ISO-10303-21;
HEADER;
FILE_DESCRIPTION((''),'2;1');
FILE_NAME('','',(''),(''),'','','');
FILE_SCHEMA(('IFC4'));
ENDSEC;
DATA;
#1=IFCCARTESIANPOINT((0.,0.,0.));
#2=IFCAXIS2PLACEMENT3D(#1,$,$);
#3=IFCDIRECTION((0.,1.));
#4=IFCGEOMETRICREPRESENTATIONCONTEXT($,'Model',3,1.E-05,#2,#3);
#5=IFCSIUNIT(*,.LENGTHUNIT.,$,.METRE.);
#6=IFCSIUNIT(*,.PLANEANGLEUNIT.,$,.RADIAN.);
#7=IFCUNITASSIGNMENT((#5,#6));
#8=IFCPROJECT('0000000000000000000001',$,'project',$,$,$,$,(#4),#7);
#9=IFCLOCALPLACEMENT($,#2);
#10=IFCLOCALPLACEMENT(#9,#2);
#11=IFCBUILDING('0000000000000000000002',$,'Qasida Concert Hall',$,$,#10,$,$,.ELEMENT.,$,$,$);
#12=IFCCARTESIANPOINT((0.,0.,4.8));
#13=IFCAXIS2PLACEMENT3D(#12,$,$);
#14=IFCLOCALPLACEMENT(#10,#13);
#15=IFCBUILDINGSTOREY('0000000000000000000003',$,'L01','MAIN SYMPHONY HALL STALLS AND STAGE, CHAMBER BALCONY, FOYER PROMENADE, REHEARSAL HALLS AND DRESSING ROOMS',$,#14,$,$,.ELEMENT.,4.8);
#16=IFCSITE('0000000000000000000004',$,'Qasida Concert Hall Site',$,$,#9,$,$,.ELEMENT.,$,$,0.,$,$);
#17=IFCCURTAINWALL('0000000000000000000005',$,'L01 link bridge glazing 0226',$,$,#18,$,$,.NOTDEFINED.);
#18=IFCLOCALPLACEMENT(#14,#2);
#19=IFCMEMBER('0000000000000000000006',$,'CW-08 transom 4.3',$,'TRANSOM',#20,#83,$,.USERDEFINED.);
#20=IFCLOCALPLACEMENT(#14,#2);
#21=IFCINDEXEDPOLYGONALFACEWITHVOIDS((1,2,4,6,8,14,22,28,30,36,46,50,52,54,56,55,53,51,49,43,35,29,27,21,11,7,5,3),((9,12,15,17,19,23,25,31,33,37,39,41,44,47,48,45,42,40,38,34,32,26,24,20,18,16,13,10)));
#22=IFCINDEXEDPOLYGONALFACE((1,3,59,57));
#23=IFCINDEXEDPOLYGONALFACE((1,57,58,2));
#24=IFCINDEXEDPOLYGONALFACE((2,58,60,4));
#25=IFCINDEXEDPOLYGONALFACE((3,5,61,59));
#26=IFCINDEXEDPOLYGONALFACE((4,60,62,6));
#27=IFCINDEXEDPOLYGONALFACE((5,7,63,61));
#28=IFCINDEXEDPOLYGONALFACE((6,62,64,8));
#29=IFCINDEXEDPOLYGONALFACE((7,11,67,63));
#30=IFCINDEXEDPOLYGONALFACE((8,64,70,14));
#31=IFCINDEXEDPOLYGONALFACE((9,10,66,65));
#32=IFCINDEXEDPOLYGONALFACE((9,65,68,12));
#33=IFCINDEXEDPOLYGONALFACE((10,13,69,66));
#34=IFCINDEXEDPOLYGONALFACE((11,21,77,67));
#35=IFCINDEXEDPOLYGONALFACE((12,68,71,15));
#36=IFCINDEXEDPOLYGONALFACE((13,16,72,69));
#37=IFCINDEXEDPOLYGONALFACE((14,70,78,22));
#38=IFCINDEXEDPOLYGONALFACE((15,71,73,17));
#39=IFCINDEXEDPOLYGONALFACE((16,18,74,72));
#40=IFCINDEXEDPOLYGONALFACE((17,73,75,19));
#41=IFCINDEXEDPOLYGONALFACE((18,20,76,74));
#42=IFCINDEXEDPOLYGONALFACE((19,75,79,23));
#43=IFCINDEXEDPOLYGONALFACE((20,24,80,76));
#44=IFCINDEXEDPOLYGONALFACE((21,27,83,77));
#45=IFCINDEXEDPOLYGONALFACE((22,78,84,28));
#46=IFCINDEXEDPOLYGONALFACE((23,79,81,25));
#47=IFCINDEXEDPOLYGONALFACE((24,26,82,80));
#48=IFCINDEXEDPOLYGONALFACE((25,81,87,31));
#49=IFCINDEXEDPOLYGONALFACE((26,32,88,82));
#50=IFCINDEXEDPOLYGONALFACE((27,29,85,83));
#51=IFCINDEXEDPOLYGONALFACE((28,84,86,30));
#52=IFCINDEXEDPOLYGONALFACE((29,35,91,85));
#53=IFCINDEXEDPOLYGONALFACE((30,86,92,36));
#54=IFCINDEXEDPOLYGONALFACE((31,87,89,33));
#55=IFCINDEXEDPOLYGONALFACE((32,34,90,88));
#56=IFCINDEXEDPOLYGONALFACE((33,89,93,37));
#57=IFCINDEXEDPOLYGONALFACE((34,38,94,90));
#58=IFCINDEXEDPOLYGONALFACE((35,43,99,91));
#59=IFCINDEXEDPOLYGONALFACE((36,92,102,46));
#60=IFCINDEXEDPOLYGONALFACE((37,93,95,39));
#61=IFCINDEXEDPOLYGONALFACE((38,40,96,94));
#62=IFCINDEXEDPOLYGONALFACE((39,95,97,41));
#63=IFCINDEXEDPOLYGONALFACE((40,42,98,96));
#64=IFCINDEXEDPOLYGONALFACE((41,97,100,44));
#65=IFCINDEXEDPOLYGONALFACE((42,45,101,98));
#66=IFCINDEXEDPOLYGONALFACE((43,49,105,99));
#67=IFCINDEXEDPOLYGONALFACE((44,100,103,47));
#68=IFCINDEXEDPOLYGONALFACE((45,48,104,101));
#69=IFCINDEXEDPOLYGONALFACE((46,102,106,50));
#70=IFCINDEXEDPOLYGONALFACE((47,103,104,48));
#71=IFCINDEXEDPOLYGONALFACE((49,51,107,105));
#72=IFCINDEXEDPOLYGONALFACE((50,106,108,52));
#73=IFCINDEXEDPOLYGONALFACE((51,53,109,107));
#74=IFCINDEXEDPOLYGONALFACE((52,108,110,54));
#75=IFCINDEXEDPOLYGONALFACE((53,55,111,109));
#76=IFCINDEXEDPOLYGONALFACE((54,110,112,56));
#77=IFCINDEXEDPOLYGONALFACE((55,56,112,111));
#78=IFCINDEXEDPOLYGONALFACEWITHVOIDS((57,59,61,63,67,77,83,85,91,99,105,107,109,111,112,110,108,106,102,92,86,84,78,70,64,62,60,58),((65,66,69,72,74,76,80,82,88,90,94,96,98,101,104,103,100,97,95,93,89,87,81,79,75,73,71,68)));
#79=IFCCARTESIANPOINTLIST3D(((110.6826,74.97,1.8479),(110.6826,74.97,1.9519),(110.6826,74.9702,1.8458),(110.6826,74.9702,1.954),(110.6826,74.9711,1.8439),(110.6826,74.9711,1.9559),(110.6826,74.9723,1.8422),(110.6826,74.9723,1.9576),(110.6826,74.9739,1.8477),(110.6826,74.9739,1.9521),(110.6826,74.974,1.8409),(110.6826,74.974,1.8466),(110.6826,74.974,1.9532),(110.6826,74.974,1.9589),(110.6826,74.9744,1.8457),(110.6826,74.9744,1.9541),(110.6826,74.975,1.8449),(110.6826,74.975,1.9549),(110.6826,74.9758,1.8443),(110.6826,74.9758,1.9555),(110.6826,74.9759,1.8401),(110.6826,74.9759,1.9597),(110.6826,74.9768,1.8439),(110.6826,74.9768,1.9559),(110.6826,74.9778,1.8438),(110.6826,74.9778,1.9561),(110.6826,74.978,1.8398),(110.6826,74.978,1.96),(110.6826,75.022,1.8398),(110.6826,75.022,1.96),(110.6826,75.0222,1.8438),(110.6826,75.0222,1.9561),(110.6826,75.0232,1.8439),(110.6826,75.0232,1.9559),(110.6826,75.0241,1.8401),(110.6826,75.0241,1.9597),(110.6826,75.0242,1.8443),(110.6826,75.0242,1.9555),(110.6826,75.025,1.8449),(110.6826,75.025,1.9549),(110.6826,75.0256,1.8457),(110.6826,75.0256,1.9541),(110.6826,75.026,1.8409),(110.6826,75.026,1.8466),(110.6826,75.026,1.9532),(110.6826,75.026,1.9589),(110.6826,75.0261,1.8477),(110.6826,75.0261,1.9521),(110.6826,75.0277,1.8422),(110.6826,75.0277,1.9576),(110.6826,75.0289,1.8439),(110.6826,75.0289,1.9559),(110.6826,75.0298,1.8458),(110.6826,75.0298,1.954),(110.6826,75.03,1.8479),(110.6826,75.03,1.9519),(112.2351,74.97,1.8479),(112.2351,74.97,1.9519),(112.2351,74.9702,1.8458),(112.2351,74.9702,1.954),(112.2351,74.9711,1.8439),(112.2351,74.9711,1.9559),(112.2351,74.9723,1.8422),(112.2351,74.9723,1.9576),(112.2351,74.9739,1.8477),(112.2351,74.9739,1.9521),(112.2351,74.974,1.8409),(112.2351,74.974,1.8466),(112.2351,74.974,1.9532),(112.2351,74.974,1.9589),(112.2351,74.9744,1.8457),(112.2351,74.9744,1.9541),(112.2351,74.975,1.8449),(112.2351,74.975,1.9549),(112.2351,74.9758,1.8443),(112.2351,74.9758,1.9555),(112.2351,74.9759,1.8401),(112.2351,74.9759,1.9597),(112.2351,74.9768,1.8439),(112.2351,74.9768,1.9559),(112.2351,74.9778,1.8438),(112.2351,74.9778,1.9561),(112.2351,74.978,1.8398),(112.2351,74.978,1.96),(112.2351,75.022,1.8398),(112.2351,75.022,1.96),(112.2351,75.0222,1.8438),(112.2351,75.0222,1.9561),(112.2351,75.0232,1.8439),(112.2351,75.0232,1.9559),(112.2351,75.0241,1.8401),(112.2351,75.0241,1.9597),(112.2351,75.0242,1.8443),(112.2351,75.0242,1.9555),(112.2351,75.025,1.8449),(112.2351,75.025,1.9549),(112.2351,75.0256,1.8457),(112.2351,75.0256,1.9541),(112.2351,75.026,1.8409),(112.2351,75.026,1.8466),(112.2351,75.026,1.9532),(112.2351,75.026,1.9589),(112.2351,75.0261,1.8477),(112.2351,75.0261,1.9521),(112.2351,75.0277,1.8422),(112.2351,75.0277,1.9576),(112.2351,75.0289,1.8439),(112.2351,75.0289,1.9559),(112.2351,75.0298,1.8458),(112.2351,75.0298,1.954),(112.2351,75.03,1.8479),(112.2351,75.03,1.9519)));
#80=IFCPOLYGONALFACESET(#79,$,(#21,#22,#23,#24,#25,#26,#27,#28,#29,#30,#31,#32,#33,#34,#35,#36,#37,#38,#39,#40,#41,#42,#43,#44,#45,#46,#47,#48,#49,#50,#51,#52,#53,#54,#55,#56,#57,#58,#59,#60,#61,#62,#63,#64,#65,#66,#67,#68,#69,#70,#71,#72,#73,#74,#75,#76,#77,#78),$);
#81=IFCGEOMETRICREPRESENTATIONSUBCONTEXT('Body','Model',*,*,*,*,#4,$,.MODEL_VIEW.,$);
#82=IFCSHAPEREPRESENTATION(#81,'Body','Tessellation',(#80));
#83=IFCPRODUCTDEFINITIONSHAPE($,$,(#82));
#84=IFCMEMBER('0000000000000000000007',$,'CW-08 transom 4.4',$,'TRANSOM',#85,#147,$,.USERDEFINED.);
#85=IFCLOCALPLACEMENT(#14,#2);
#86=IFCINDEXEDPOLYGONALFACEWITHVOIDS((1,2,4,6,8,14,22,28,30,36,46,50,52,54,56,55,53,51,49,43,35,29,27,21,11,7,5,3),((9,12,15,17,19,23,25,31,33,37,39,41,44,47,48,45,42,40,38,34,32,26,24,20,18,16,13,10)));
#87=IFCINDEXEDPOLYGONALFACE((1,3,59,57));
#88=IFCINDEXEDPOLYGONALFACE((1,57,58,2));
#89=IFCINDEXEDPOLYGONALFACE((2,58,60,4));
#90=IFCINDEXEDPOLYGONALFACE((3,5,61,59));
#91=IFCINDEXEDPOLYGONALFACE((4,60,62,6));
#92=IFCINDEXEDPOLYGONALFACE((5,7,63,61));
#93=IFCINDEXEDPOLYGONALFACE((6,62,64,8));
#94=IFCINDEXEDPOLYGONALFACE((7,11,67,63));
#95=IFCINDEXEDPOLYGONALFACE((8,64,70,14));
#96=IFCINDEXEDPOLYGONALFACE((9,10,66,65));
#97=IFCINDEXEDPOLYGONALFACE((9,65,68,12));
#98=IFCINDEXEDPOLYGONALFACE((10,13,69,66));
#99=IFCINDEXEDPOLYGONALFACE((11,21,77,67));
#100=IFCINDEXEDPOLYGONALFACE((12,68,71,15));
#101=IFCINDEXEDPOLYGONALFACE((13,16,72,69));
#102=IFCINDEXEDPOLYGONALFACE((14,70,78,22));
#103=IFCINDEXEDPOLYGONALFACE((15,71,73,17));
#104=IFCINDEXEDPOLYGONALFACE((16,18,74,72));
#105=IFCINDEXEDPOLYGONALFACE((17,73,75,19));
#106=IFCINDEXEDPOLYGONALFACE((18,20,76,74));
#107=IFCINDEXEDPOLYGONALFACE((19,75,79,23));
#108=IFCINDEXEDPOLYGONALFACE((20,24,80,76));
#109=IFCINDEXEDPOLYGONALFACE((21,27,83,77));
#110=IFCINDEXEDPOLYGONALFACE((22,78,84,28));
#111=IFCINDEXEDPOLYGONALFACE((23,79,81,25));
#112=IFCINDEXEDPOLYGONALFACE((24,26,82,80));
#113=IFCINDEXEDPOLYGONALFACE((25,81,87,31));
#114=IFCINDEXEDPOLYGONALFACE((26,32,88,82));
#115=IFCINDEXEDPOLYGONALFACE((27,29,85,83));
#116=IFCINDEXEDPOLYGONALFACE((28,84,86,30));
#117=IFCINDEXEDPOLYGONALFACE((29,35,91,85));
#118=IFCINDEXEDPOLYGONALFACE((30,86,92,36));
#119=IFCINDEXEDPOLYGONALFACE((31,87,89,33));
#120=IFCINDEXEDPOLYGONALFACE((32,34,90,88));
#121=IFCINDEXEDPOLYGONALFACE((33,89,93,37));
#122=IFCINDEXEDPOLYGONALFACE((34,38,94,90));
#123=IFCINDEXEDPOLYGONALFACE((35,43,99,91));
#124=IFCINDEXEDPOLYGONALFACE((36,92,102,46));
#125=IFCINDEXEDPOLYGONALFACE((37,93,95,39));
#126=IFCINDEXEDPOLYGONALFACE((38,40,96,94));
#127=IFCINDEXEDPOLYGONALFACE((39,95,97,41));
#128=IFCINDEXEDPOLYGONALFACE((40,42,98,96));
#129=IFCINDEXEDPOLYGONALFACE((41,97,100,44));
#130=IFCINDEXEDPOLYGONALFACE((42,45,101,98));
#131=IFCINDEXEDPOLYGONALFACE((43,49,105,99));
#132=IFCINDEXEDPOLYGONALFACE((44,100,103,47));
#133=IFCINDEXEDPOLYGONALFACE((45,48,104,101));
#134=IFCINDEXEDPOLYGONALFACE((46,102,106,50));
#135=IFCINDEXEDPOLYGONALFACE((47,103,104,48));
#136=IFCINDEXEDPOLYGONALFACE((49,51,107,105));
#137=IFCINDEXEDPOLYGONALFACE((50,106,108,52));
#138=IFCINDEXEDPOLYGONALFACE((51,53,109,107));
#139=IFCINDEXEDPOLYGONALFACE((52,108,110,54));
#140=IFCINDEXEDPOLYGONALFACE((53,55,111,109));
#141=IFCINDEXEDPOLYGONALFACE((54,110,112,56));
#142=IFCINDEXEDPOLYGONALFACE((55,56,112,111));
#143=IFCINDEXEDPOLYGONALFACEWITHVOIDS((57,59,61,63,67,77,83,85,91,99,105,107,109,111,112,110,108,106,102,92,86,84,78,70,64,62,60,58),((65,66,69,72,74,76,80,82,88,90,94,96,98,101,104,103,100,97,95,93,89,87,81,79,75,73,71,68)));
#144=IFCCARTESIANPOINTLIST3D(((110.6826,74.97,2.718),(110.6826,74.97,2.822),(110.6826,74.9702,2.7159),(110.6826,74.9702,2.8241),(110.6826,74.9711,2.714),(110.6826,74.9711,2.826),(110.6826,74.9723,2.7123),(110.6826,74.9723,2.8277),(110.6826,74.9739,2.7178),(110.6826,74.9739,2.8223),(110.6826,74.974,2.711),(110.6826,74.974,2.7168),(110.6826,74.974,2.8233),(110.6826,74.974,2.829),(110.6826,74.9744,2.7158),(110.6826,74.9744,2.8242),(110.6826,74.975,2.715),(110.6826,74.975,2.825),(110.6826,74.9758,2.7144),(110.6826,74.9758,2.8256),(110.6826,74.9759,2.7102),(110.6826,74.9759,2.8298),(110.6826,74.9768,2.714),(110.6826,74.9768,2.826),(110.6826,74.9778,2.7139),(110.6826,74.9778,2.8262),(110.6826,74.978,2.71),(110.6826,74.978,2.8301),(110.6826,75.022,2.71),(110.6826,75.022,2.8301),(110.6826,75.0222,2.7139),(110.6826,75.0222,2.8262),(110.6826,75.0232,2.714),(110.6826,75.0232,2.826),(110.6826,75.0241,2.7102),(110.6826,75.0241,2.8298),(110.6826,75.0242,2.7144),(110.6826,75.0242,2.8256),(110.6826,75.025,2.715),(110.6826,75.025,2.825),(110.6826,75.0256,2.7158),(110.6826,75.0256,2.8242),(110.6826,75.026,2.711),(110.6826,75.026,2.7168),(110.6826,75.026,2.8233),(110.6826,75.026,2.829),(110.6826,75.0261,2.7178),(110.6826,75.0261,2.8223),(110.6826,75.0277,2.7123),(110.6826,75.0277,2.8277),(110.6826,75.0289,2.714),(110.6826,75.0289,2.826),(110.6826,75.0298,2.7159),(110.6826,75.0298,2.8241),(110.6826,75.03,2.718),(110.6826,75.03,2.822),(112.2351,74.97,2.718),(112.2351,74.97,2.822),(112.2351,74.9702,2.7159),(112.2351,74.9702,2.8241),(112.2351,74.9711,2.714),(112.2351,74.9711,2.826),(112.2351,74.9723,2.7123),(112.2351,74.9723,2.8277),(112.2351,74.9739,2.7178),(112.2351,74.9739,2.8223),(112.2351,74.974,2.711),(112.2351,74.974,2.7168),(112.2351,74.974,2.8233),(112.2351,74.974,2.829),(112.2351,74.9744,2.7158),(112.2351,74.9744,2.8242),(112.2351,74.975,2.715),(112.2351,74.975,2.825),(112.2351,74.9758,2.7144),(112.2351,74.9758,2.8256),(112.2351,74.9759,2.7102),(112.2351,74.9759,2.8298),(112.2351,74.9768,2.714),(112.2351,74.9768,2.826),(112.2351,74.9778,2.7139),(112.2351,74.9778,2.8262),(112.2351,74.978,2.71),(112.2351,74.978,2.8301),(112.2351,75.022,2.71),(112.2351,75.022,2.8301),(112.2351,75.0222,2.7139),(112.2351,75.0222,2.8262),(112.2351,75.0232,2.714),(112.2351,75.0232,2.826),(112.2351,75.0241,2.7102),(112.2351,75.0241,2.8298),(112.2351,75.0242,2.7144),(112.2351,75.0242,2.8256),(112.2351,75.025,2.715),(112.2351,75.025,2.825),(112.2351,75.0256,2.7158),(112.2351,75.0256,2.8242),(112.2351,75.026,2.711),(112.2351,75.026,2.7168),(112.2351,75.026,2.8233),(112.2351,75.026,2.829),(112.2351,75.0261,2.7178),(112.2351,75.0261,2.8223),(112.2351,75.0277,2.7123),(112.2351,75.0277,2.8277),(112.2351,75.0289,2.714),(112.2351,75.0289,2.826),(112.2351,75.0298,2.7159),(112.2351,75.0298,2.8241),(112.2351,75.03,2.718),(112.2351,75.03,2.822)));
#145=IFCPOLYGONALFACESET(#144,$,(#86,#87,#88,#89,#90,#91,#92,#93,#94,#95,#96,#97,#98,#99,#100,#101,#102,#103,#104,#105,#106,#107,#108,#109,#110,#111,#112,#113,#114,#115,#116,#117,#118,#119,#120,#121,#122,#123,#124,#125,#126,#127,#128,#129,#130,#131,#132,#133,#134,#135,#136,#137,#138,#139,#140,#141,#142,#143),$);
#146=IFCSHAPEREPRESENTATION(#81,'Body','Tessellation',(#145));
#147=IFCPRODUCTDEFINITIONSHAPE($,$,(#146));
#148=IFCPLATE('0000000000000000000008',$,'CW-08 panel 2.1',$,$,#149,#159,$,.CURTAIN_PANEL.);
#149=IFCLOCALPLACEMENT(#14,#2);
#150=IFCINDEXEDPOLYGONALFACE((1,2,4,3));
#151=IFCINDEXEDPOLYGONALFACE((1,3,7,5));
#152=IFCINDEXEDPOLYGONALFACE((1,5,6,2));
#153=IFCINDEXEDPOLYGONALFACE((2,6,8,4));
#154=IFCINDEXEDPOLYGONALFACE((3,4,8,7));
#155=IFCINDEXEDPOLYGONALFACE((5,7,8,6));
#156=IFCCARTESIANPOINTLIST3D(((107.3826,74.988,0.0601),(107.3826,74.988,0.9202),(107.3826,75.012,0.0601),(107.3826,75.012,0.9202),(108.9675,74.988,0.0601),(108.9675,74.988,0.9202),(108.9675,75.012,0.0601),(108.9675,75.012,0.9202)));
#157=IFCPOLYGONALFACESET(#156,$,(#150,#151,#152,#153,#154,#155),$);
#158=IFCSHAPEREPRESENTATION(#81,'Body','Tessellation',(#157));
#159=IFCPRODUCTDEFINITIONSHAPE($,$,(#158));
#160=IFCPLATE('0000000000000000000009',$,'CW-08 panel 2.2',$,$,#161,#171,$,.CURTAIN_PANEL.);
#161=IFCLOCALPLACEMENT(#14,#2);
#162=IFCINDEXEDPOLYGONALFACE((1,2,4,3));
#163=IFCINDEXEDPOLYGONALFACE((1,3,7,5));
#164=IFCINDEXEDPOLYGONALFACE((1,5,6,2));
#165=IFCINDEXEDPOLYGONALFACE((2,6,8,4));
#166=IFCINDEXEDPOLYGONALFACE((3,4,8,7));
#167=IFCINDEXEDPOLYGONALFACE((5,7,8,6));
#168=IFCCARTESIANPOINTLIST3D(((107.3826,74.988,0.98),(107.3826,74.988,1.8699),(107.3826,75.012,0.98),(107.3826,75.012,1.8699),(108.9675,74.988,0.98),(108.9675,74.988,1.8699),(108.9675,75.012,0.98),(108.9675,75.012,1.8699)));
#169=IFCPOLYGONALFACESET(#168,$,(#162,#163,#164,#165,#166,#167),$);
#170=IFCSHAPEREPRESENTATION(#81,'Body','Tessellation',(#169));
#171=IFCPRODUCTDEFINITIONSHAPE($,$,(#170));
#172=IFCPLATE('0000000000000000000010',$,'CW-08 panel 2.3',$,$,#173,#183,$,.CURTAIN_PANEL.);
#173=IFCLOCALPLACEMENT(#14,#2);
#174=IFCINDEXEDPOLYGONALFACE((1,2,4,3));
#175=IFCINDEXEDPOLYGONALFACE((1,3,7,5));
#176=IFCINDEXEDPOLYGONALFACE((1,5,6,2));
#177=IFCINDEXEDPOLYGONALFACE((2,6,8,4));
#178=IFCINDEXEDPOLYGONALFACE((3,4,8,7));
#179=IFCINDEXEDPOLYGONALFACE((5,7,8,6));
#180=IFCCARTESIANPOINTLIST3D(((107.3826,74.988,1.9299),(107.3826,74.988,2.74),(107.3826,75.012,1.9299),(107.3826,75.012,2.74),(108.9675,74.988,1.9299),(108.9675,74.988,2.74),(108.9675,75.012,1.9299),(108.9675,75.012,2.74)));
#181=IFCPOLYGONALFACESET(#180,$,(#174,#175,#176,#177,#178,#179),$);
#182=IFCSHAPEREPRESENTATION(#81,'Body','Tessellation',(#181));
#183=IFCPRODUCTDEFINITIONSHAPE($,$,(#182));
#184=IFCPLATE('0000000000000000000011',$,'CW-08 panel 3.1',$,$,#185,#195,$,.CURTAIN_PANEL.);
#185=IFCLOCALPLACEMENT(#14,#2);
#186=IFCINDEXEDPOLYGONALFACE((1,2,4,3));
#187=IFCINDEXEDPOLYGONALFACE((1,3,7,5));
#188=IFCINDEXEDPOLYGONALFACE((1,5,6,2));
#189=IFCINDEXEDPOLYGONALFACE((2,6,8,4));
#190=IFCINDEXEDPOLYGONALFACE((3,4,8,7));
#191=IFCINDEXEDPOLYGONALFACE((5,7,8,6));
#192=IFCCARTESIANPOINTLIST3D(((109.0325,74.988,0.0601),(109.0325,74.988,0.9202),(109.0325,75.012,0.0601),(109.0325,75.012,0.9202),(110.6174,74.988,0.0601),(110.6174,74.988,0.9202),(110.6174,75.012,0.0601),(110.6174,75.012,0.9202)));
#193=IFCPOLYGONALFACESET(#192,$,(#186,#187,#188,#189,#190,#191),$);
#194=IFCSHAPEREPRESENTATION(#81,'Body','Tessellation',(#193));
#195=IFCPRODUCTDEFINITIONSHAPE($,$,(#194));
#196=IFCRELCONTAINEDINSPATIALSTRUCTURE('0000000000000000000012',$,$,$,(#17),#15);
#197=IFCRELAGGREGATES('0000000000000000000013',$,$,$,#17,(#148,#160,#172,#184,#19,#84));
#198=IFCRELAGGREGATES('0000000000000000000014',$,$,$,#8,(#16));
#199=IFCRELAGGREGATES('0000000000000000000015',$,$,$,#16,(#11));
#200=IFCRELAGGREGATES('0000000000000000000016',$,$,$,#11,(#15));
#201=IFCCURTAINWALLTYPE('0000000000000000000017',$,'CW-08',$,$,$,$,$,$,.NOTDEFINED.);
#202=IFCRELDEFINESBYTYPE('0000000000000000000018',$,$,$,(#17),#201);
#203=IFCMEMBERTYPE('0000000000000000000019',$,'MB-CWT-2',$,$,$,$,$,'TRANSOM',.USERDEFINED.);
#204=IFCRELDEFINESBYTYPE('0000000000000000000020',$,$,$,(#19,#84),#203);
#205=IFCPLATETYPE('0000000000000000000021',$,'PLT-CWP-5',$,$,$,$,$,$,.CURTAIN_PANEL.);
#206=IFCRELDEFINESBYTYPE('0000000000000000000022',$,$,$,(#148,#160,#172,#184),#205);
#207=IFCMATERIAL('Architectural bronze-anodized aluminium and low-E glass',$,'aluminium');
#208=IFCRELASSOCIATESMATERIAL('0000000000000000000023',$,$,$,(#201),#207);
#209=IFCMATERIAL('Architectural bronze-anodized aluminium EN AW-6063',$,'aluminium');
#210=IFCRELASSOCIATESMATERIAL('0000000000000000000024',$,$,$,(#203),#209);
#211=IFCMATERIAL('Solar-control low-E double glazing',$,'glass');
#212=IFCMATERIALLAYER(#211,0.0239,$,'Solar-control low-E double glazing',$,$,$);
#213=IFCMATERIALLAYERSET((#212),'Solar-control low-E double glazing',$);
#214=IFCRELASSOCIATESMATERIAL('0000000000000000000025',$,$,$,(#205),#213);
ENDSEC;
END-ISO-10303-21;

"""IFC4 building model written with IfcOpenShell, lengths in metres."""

from ifc_helpers import new_model, si_unit, direction, frame, origin, origin_2d, place, context, subcontext, project, spatial, rectangle, hollow_rectangle, extrude, material, layer, layer_set, material_profile, profile_set, type_object, element, aggregate, save


model = new_model("IFC4")

# Units and contexts
model_context = context("Model", 3, precision=1e-05, world=origin(), true_north=direction((0.0, 1.0)))
body_context = subcontext(model_context, "Body", "Model", "MODEL_VIEW")
ifc_project = project(units=[si_unit("LENGTHUNIT", "METRE"), si_unit("PLANEANGLEUNIT", "RADIAN")], contexts=[model_context])

# Site, building, storey
site_placement = place(None, origin())
site = spatial("IfcSite", under=ifc_project, at=site_placement, Name="Qasida Concert Hall Site", CompositionType="ELEMENT", RefElevation=0.0)
building_placement = place(site_placement, origin())
building = spatial("IfcBuilding", under=site, at=building_placement, Name="Qasida Concert Hall", CompositionType="ELEMENT")
storey_placement = place(building_placement, frame((0.0, 0.0, 4.8)))
storey = spatial("IfcBuildingStorey", under=building, at=storey_placement, Name="L01", Description="MAIN SYMPHONY HALL STALLS AND STAGE, CHAMBER BALCONY, FOYER PROMENADE, REHEARSAL HALLS AND DRESSING ROOMS", CompositionType="ELEMENT", Elevation=4.8)

# Curtain wall, members, plates
ifc_material_1 = material(Name="Architectural bronze-anodized aluminium and low-E glass", Category="aluminium")
curtain_wall_type = type_object("IfcCurtainWallType", Name="CW-08", PredefinedType="NOTDEFINED", material=ifc_material_1)
curtain_wall_placement = place(storey_placement, origin())
curtain_wall = element("IfcCurtainWall", 1, at=curtain_wall_placement, inside=storey, type_object=curtain_wall_type, Name="L01 link bridge glazing 0226", PredefinedType="NOTDEFINED")
ifc_material_2 = material(Name="Architectural bronze-anodized aluminium EN AW-6063", Category="aluminium")
ifc_material_profile_1 = material_profile(ifc_material_2, hollow_rectangle(XDim=0.0601, YDim=0.1201, WallThickness=0.0039, InnerFilletRadius=0.0039, OuterFilletRadius=0.0081, at=origin_2d()), Name="CWT 120x60x4")
ifc_profile_set_1 = profile_set([ifc_material_profile_1], Name="Architectural bronze-anodized aluminium EN AW-6063")
member_type_1 = type_object("IfcMemberType", Name="MB-CWT-2", ElementType="TRANSOM", PredefinedType="USERDEFINED", material=ifc_profile_set_1)
member_1_placement = place(storey_placement, frame((110.6826, 75.0, 1.8999), z_axis=(1.0, 0.0, 0.0), x_axis=(0.0, 1.0, 0.0)))
member_1 = element("IfcMember", 2, at=member_1_placement, type_object=member_type_1, Name="CW-08 transom 4.3", ObjectType="TRANSOM", PredefinedType="USERDEFINED", context=body_context, shape_type="SweptSolid", body=[
    extrude(hollow_rectangle(XDim=0.0601, YDim=0.1201, WallThickness=0.0039, InnerFilletRadius=0.0039, OuterFilletRadius=0.0081, at=origin_2d()), origin(), (0.0, 0.0, 1.0), 1.5525),
])
member_2_placement = place(storey_placement, frame((110.6826, 75.0, 2.77), z_axis=(1.0, 0.0, 0.0), x_axis=(0.0, 1.0, 0.0)))
member_2 = element("IfcMember", 3, at=member_2_placement, type_object=member_type_1, Name="CW-08 transom 4.4", ObjectType="TRANSOM", PredefinedType="USERDEFINED", context=body_context, shape_type="SweptSolid", body=[
    extrude(hollow_rectangle(XDim=0.0601, YDim=0.1201, WallThickness=0.0039, InnerFilletRadius=0.0039, OuterFilletRadius=0.0081, at=origin_2d()), origin(), (0.0, 0.0, 1.0), 1.5525),
])
ifc_material_3 = material(Name="Solar-control low-E double glazing", Category="glass")
ifc_layer = layer(ifc_material_3, 0.0239, Name="Solar-control low-E double glazing")
ifc_layer_set = layer_set([ifc_layer], Name="Solar-control low-E double glazing")
plate_type = type_object("IfcPlateType", Name="PLT-CWP-5", PredefinedType="CURTAIN_PANEL", material=ifc_layer_set)
plate_1_placement = place(storey_placement, frame((108.175, 75.0, 0.0601), z_axis=(0.0, 0.0, 1.0), x_axis=(1.0, 0.0, 0.0)))
plate_1 = element("IfcPlate", 4, at=plate_1_placement, type_object=plate_type, Name="CW-08 panel 2.1", PredefinedType="CURTAIN_PANEL", context=body_context, shape_type="SweptSolid", body=[
    extrude(rectangle(XDim=1.585, YDim=0.0239, at=origin_2d()), origin(), (0.0, 0.0, 1.0), 0.8601),
])
plate_2_placement = place(storey_placement, frame((108.175, 75.0, 0.98), z_axis=(0.0, 0.0, 1.0), x_axis=(1.0, 0.0, 0.0)))
plate_2 = element("IfcPlate", 5, at=plate_2_placement, type_object=plate_type, Name="CW-08 panel 2.2", PredefinedType="CURTAIN_PANEL", context=body_context, shape_type="SweptSolid", body=[
    extrude(rectangle(XDim=1.585, YDim=0.0239, at=origin_2d()), origin(), (0.0, 0.0, 1.0), 0.8899),
])
plate_3_placement = place(storey_placement, frame((108.175, 75.0, 1.9299), z_axis=(0.0, 0.0, 1.0), x_axis=(1.0, 0.0, 0.0)))
plate_3 = element("IfcPlate", 6, at=plate_3_placement, type_object=plate_type, Name="CW-08 panel 2.3", PredefinedType="CURTAIN_PANEL", context=body_context, shape_type="SweptSolid", body=[
    extrude(rectangle(XDim=1.585, YDim=0.0239, at=origin_2d()), origin(), (0.0, 0.0, 1.0), 0.8101),
])
plate_4_placement = place(storey_placement, frame((109.825, 75.0, 0.0601), z_axis=(0.0, 0.0, 1.0), x_axis=(1.0, 0.0, 0.0)))
plate_4 = element("IfcPlate", 7, at=plate_4_placement, type_object=plate_type, Name="CW-08 panel 3.1", PredefinedType="CURTAIN_PANEL", context=body_context, shape_type="SweptSolid", body=[
    extrude(rectangle(XDim=1.585, YDim=0.0239, at=origin_2d()), origin(), (0.0, 0.0, 1.0), 0.8601),
])
aggregate(curtain_wall, [plate_1, plate_2, plate_3, plate_4, member_1, member_2])

save(model, "model.ifc")
